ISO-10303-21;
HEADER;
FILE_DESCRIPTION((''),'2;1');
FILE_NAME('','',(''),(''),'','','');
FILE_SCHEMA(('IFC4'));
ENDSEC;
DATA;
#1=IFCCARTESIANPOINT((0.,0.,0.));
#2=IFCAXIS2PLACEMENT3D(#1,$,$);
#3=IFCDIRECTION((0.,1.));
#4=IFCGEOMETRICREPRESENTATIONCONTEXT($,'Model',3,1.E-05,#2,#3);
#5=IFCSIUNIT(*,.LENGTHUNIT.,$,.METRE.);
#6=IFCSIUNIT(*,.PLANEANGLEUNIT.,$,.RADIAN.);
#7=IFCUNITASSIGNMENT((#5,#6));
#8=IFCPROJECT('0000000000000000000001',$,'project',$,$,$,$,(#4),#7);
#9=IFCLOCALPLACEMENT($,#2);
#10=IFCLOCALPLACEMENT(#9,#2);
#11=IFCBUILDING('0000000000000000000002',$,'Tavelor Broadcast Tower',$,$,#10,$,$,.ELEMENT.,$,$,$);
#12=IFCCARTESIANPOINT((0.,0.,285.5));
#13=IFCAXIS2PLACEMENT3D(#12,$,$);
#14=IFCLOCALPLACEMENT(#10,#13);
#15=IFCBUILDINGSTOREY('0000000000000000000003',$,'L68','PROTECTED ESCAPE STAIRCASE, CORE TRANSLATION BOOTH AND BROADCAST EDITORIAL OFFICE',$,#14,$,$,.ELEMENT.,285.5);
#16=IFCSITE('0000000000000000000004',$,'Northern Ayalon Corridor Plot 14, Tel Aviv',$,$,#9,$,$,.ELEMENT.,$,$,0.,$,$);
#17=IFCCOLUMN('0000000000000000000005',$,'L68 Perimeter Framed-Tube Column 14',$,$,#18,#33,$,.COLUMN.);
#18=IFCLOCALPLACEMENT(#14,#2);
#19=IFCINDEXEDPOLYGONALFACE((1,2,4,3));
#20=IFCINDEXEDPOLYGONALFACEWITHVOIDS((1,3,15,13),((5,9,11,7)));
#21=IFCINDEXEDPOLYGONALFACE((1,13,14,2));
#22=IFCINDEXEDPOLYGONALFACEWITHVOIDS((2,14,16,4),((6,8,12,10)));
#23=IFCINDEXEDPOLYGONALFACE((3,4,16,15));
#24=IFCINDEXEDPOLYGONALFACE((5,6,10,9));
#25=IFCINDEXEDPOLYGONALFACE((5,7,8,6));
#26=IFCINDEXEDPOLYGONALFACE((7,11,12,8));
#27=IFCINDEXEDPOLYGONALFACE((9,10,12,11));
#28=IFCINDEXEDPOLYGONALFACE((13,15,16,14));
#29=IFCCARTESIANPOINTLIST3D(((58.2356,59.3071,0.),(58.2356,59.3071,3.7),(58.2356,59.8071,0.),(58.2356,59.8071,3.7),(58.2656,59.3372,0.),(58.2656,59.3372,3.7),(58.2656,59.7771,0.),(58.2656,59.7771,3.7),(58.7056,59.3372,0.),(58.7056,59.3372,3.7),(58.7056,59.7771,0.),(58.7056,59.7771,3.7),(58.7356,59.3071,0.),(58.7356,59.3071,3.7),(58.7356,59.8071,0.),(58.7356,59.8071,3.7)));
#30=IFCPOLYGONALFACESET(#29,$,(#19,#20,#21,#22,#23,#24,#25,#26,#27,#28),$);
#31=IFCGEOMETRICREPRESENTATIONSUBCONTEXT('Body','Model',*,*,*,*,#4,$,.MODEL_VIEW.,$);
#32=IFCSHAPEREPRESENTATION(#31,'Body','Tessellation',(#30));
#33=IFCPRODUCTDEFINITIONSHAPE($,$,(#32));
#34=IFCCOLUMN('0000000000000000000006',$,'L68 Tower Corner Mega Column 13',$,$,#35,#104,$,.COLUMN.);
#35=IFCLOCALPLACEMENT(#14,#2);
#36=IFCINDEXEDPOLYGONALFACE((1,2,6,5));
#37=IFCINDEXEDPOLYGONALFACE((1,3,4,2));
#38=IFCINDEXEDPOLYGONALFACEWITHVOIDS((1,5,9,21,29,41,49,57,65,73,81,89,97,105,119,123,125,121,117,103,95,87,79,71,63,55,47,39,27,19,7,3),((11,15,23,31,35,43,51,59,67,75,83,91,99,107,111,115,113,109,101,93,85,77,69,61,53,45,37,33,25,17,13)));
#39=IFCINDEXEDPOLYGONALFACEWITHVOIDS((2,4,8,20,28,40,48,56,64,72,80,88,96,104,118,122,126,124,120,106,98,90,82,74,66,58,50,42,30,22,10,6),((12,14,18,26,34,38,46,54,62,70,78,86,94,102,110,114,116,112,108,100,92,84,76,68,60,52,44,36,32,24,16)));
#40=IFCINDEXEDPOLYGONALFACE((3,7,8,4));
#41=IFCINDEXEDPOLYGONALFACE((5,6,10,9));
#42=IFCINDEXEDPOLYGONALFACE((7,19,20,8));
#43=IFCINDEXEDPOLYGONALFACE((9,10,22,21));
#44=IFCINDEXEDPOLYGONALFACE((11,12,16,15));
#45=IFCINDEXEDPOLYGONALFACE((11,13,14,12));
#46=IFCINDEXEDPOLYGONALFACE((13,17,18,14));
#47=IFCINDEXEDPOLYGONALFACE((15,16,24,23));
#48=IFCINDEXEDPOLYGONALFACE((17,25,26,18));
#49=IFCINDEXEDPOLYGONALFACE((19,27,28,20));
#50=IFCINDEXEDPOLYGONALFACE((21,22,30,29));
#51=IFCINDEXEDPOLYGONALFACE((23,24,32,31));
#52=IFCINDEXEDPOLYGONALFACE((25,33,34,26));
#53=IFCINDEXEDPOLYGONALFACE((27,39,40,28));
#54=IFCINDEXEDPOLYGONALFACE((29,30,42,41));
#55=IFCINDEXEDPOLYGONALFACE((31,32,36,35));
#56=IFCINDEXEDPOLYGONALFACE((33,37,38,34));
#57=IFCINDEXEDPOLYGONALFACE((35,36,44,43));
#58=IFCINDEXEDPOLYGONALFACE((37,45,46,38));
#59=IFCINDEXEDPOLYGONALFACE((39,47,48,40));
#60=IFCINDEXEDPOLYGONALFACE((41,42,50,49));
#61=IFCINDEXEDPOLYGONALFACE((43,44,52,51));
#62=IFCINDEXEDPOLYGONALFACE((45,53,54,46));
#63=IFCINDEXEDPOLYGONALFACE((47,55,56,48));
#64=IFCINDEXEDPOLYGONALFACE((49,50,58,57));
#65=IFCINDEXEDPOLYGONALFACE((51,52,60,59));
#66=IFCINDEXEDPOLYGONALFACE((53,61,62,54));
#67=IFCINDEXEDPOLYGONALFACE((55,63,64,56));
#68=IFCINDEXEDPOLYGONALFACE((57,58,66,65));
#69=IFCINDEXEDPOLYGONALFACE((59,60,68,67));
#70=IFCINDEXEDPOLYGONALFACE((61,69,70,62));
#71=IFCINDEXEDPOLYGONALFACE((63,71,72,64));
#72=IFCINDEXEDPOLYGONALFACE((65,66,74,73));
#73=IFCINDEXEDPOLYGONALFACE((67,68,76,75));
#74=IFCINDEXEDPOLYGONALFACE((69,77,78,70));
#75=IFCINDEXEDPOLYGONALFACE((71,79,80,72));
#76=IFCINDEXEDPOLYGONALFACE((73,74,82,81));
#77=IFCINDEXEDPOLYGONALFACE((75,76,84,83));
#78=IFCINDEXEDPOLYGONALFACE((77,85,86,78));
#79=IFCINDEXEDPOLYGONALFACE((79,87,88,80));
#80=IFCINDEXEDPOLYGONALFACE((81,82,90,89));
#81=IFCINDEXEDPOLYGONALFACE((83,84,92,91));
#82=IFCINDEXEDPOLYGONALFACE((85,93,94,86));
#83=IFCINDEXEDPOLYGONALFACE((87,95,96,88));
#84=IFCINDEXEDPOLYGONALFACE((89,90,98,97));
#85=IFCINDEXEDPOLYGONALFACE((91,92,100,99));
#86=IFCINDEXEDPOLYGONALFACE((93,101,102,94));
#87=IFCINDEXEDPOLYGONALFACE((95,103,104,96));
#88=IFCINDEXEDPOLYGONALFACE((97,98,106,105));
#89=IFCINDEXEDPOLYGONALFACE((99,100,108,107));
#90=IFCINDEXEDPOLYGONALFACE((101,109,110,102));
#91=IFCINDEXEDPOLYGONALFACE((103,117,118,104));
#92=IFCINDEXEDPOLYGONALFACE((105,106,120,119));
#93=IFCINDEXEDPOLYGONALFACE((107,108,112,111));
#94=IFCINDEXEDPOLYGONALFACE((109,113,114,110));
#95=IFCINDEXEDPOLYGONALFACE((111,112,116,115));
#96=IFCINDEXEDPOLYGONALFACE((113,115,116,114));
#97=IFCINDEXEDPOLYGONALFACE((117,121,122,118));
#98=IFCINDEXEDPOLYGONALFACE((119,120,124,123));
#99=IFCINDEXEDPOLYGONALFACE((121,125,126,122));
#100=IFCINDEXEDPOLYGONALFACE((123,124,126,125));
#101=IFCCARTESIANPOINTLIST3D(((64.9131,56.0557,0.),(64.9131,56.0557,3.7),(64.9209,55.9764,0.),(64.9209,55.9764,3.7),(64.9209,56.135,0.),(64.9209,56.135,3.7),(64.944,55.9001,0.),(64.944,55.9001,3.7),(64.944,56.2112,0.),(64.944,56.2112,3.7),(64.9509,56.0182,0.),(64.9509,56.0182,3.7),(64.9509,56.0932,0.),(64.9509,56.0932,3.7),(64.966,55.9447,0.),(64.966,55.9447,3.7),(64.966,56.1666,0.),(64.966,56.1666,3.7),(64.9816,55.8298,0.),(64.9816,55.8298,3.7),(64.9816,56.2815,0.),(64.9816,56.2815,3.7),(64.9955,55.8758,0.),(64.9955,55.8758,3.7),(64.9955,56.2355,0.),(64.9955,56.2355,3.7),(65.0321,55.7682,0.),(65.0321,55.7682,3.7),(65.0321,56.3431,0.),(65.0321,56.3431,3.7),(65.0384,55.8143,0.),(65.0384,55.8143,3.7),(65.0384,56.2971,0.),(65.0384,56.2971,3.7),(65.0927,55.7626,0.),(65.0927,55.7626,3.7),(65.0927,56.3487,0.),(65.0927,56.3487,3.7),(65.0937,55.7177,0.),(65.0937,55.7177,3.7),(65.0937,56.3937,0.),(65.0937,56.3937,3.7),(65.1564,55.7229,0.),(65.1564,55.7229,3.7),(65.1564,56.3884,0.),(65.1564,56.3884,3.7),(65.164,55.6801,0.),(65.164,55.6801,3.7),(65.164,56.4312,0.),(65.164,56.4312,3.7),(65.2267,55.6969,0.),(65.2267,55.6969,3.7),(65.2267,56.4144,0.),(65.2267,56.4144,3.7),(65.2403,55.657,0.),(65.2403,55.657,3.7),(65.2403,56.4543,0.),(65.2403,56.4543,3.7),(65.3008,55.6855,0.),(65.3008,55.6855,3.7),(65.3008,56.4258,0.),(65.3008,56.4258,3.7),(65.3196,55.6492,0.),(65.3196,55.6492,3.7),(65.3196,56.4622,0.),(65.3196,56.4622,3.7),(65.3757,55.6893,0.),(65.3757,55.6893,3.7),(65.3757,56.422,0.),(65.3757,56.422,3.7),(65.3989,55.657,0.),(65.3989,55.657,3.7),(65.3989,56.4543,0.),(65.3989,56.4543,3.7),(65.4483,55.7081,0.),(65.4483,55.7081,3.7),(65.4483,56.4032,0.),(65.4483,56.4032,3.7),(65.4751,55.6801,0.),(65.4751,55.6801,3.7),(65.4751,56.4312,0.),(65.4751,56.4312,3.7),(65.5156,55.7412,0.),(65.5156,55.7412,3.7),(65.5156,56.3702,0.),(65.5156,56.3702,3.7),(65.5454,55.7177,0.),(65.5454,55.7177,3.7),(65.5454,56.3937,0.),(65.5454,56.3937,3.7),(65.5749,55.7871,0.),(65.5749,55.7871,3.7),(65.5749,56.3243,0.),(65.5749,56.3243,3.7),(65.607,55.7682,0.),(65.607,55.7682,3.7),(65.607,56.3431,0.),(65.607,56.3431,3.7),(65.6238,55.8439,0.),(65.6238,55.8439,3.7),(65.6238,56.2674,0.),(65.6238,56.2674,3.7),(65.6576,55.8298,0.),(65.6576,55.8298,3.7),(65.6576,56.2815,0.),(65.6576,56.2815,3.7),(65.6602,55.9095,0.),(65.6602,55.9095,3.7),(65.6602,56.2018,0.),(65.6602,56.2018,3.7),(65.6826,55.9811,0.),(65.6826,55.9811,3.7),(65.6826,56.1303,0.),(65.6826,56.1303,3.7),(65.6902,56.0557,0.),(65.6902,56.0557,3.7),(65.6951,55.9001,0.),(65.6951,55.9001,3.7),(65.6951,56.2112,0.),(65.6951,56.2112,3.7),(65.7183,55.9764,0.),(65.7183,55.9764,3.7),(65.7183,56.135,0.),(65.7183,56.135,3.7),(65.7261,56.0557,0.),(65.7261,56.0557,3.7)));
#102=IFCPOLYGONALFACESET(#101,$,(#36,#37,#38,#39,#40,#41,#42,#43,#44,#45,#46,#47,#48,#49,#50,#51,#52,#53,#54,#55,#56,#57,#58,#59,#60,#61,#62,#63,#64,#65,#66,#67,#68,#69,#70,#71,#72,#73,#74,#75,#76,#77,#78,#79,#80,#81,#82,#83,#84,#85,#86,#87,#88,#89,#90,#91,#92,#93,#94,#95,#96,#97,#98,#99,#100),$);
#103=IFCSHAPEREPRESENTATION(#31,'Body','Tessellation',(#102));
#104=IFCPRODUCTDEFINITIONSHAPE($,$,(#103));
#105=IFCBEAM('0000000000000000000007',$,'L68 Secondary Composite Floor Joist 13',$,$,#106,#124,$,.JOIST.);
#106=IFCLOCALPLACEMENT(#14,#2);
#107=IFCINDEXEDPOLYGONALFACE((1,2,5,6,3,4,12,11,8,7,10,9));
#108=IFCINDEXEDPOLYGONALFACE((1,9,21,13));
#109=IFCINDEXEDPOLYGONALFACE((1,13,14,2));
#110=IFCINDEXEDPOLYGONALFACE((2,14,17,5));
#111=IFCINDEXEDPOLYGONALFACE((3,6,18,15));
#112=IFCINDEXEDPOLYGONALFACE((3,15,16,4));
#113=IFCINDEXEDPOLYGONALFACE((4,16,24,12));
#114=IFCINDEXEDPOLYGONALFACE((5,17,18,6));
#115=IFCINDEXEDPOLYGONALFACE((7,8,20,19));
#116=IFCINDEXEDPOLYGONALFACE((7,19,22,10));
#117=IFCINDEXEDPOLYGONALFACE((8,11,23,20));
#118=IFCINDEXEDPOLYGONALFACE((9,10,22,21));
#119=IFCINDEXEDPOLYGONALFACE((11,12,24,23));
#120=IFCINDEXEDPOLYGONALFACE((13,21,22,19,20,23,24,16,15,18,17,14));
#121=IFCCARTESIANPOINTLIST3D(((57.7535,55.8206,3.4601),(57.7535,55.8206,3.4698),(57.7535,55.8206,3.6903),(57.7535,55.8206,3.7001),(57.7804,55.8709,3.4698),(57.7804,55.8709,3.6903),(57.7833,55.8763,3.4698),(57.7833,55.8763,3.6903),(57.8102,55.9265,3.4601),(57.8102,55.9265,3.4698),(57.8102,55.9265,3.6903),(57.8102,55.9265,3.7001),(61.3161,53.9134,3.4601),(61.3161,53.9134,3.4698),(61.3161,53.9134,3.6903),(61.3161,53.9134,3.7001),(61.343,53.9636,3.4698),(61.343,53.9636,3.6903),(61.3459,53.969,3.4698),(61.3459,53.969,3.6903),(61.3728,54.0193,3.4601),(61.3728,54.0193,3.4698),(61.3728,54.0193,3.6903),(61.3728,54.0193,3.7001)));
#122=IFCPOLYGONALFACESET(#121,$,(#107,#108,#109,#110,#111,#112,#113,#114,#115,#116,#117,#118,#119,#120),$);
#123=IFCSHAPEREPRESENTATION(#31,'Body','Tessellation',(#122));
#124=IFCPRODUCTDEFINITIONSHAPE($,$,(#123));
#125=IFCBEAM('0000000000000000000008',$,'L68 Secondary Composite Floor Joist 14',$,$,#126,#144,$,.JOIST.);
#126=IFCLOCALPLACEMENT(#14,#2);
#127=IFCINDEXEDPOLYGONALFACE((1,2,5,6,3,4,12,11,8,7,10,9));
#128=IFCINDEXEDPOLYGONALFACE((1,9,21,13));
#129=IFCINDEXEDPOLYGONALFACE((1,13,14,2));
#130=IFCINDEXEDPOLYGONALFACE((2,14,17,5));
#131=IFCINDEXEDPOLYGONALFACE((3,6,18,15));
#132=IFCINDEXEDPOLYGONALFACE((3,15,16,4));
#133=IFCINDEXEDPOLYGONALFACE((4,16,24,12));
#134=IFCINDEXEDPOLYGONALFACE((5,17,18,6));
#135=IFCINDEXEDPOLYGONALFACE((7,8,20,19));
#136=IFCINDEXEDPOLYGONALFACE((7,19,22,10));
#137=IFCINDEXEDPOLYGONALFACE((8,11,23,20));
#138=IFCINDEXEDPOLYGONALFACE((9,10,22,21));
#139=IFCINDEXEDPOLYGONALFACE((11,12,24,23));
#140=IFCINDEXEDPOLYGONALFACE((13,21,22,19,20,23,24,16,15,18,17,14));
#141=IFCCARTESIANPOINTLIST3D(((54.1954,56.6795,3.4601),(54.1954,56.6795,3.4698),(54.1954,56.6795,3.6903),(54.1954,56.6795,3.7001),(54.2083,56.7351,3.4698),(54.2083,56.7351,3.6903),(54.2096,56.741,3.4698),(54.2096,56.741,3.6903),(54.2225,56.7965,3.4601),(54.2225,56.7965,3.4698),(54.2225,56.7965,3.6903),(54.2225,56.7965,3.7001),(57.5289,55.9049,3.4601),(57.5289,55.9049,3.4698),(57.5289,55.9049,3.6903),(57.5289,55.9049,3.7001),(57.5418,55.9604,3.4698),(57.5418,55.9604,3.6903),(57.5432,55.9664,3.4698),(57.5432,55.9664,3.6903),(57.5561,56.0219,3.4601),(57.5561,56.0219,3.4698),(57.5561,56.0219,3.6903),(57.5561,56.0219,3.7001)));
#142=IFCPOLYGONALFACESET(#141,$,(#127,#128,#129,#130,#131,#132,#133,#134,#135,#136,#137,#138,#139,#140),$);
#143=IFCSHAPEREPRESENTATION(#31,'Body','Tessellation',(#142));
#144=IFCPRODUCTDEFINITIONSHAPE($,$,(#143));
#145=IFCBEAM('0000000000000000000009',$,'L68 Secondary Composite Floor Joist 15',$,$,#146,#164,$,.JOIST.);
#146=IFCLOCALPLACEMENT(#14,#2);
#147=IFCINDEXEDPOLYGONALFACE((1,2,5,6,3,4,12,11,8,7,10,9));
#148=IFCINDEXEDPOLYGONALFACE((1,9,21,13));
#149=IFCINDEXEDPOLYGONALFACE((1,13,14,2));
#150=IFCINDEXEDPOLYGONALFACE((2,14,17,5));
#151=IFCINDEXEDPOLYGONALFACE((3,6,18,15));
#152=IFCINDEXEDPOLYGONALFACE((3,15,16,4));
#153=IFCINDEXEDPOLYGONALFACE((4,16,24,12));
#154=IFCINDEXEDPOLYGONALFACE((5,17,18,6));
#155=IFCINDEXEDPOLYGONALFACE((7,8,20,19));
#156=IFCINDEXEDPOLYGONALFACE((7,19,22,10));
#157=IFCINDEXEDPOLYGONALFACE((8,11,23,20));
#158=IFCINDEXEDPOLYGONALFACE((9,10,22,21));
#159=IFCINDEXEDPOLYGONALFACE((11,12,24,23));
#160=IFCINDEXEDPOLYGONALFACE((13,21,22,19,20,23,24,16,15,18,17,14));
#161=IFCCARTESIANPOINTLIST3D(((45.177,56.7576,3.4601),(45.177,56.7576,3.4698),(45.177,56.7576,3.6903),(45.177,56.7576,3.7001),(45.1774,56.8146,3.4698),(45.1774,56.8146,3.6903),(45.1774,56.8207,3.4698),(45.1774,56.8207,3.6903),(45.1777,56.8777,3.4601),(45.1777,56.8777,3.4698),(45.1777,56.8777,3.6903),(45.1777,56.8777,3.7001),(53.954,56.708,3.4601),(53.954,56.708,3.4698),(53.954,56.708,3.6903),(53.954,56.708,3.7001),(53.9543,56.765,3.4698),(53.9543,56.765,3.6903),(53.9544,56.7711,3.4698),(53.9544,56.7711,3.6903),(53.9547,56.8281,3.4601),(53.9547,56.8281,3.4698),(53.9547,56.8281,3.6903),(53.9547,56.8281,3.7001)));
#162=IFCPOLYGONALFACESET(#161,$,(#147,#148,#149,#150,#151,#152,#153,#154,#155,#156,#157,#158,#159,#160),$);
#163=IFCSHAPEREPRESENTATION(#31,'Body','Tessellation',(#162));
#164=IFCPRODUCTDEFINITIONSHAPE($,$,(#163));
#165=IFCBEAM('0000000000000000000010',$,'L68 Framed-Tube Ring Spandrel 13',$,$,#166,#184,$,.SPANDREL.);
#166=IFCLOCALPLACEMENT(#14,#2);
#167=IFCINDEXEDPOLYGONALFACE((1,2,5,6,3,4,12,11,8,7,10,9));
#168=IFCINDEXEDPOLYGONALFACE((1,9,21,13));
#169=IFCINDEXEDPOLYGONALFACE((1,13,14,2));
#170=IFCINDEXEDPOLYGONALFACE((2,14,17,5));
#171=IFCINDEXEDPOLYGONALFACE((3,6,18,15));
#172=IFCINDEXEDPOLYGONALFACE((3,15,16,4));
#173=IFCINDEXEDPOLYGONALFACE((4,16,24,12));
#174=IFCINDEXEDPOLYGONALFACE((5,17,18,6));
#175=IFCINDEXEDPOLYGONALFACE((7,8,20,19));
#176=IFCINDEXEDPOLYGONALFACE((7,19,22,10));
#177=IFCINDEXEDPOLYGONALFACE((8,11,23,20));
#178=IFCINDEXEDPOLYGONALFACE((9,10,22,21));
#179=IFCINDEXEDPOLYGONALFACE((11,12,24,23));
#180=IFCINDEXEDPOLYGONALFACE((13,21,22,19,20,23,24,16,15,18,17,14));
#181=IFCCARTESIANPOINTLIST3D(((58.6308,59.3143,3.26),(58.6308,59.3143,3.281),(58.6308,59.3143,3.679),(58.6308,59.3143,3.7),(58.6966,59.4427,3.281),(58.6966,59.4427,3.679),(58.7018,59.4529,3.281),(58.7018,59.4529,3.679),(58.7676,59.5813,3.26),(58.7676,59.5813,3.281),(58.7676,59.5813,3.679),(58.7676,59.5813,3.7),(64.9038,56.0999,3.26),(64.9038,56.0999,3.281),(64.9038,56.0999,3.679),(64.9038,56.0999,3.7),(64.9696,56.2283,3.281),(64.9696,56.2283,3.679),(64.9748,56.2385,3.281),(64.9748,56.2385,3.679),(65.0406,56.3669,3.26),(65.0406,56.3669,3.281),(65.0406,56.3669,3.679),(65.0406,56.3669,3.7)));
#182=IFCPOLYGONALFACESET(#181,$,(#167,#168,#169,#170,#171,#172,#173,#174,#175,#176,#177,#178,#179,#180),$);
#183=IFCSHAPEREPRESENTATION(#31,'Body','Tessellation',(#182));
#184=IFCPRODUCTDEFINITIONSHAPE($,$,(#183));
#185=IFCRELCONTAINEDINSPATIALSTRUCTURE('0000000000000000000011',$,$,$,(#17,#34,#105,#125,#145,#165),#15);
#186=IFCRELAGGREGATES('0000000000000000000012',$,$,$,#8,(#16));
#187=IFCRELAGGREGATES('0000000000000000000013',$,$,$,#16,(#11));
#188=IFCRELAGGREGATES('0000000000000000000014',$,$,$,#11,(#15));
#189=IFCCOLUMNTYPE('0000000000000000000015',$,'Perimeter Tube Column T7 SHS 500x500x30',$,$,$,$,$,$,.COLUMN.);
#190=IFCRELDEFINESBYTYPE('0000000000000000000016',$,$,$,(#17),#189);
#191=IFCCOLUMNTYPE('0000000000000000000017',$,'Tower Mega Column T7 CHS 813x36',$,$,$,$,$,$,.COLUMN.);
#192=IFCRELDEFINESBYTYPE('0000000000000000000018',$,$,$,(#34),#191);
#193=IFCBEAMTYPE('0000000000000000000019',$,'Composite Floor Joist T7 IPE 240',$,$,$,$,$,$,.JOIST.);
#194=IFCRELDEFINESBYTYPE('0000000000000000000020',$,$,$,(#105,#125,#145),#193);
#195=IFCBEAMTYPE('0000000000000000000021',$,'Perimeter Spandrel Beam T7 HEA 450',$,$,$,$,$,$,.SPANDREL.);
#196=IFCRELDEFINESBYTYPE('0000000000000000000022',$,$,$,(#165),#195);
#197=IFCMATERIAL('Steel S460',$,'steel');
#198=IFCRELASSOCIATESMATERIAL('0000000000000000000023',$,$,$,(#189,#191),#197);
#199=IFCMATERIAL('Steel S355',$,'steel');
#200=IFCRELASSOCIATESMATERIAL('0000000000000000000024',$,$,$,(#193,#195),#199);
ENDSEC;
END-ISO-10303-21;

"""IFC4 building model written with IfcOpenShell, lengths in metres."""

from ifc_helpers import new_model, si_unit, direction, frame, origin, origin_2d, place, context, subcontext, project, spatial, hollow_rectangle, hollow_circle, i_section, extrude, material, material_profile, profile_set, type_object, element, save


model = new_model("IFC4")

# Units and contexts
model_context = context("Model", 3, precision=1e-05, world=origin(), true_north=direction((0.0, 1.0)))
body_context = subcontext(model_context, "Body", "Model", "MODEL_VIEW")
ifc_project = project(units=[si_unit("LENGTHUNIT", "METRE"), si_unit("PLANEANGLEUNIT", "RADIAN")], contexts=[model_context])

# Site, building, storey
site_placement = place(None, origin())
site = spatial("IfcSite", under=ifc_project, at=site_placement, Name="Northern Ayalon Corridor Plot 14, Tel Aviv", CompositionType="ELEMENT", RefElevation=0.0)
building_placement = place(site_placement, origin())
building = spatial("IfcBuilding", under=site, at=building_placement, Name="Tavelor Broadcast Tower", CompositionType="ELEMENT")
storey_placement = place(building_placement, frame((0.0, 0.0, 285.5)))
storey = spatial("IfcBuildingStorey", under=building, at=storey_placement, Name="L68", Description="PROTECTED ESCAPE STAIRCASE, CORE TRANSLATION BOOTH AND BROADCAST EDITORIAL OFFICE", CompositionType="ELEMENT", Elevation=285.5)

# Columns
ifc_material_1 = material(Name="Steel S460", Category="steel")
ifc_material_profile_1 = material_profile(ifc_material_1, hollow_rectangle(XDim=0.5, YDim=0.5, WallThickness=0.03, at=origin_2d()), Name="SHS 500x500x30")
ifc_profile_set_1 = profile_set([ifc_material_profile_1], Name="Steel S460")
column_type_1 = type_object("IfcColumnType", Name="Perimeter Tube Column T7 SHS 500x500x30", PredefinedType="COLUMN", material=ifc_profile_set_1)
column_1_placement = place(storey_placement, frame((58.4856, 59.5571, 0.0), z_axis=(0.0, 0.0, 1.0), x_axis=(1.0, 0.0, 0.0)))
element("IfcColumn", 1, at=column_1_placement, inside=storey, type_object=column_type_1, Name="L68 Perimeter Framed-Tube Column 14", PredefinedType="COLUMN", context=body_context, shape_type="SweptSolid", body=[
    extrude(hollow_rectangle(XDim=0.5, YDim=0.5, WallThickness=0.03, at=origin_2d()), origin(), (0.0, 0.0, 1.0), 3.7),
])
ifc_material_profile_2 = material_profile(ifc_material_1, hollow_circle(Radius=0.4065, WallThickness=0.0359, at=origin_2d()), Name="CHS 813x36")
ifc_profile_set_2 = profile_set([ifc_material_profile_2], Name="Steel S460")
column_type_2 = type_object("IfcColumnType", Name="Tower Mega Column T7 CHS 813x36", PredefinedType="COLUMN", material=ifc_profile_set_2)
column_2_placement = place(storey_placement, frame((65.3196, 56.0557, 0.0), z_axis=(0.0, 0.0, 1.0), x_axis=(1.0, 0.0, 0.0)))
element("IfcColumn", 2, at=column_2_placement, inside=storey, type_object=column_type_2, Name="L68 Tower Corner Mega Column 13", PredefinedType="COLUMN", context=body_context, shape_type="SweptSolid", body=[
    extrude(hollow_circle(Radius=0.4065, WallThickness=0.0359, at=origin_2d()), origin(), (0.0, 0.0, 1.0), 3.7),
])

# Beams
ifc_material_2 = material(Name="Steel S355", Category="steel")
ifc_material_profile_3 = material_profile(ifc_material_2, i_section(OverallWidth=0.1201, OverallDepth=0.24, WebThickness=0.0061, FlangeThickness=0.0098, at=origin_2d()), Name="IPE 240")
ifc_profile_set_3 = profile_set([ifc_material_profile_3], Name="Steel S355")
beam_type_1 = type_object("IfcBeamType", Name="Composite Floor Joist T7 IPE 240", PredefinedType="JOIST", material=ifc_profile_set_3)
beam_1_placement = place(storey_placement, frame((61.3445, 53.9663, 3.5801), z_axis=(-0.881609, 0.47198, 0.0), x_axis=(-0.47198, -0.881609, 0.0)))
element("IfcBeam", 3, at=beam_1_placement, inside=storey, type_object=beam_type_1, Name="L68 Secondary Composite Floor Joist 13", PredefinedType="JOIST", context=body_context, shape_type="SweptSolid", body=[
    extrude(i_section(OverallWidth=0.1201, OverallDepth=0.24, WebThickness=0.0061, FlangeThickness=0.0098, at=origin_2d()), origin(), (0.0, 0.0, 1.0), 4.041),
])
beam_2_placement = place(storey_placement, frame((57.5425, 55.9634, 3.5801), z_axis=(-0.974045, 0.226355, 0.0), x_axis=(-0.226355, -0.974045, 0.0)))
element("IfcBeam", 4, at=beam_2_placement, inside=storey, type_object=beam_type_1, Name="L68 Secondary Composite Floor Joist 14", PredefinedType="JOIST", context=body_context, shape_type="SweptSolid", body=[
    extrude(i_section(OverallWidth=0.1201, OverallDepth=0.24, WebThickness=0.0061, FlangeThickness=0.0098, at=origin_2d()), origin(), (0.0, 0.0, 1.0), 3.4224),
])
beam_3_placement = place(storey_placement, frame((53.9543, 56.7681, 3.5801), z_axis=(-0.999984, 0.005647, 0.0), x_axis=(-0.005647, -0.999984, 0.0)))
element("IfcBeam", 5, at=beam_3_placement, inside=storey, type_object=beam_type_1, Name="L68 Secondary Composite Floor Joist 15", PredefinedType="JOIST", context=body_context, shape_type="SweptSolid", body=[
    extrude(i_section(OverallWidth=0.1201, OverallDepth=0.24, WebThickness=0.0061, FlangeThickness=0.0098, at=origin_2d()), origin(), (0.0, 0.0, 1.0), 8.7771),
])
ifc_material_profile_4 = material_profile(ifc_material_2, i_section(OverallWidth=0.3, OverallDepth=0.4399, WebThickness=0.0115, FlangeThickness=0.021, at=origin_2d()), Name="HEA 450")
ifc_profile_set_4 = profile_set([ifc_material_profile_4], Name="Steel S355")
beam_type_2 = type_object("IfcBeamType", Name="Perimeter Spandrel Beam T7 HEA 450", PredefinedType="SPANDREL", material=ifc_profile_set_4)
beam_4_placement = place(storey_placement, frame((64.9722, 56.2334, 3.48), z_axis=(-0.889964, 0.456031, 0.0), x_axis=(-0.456031, -0.889964, 0.0)))
element("IfcBeam", 6, at=beam_4_placement, inside=storey, type_object=beam_type_2, Name="L68 Framed-Tube Ring Spandrel 13", PredefinedType="SPANDREL", context=body_context, shape_type="SweptSolid", body=[
    extrude(i_section(OverallWidth=0.3, OverallDepth=0.4399, WebThickness=0.0115, FlangeThickness=0.021, at=origin_2d()), origin(), (0.0, 0.0, 1.0), 7.0486),
])

save(model, "model.ifc")
